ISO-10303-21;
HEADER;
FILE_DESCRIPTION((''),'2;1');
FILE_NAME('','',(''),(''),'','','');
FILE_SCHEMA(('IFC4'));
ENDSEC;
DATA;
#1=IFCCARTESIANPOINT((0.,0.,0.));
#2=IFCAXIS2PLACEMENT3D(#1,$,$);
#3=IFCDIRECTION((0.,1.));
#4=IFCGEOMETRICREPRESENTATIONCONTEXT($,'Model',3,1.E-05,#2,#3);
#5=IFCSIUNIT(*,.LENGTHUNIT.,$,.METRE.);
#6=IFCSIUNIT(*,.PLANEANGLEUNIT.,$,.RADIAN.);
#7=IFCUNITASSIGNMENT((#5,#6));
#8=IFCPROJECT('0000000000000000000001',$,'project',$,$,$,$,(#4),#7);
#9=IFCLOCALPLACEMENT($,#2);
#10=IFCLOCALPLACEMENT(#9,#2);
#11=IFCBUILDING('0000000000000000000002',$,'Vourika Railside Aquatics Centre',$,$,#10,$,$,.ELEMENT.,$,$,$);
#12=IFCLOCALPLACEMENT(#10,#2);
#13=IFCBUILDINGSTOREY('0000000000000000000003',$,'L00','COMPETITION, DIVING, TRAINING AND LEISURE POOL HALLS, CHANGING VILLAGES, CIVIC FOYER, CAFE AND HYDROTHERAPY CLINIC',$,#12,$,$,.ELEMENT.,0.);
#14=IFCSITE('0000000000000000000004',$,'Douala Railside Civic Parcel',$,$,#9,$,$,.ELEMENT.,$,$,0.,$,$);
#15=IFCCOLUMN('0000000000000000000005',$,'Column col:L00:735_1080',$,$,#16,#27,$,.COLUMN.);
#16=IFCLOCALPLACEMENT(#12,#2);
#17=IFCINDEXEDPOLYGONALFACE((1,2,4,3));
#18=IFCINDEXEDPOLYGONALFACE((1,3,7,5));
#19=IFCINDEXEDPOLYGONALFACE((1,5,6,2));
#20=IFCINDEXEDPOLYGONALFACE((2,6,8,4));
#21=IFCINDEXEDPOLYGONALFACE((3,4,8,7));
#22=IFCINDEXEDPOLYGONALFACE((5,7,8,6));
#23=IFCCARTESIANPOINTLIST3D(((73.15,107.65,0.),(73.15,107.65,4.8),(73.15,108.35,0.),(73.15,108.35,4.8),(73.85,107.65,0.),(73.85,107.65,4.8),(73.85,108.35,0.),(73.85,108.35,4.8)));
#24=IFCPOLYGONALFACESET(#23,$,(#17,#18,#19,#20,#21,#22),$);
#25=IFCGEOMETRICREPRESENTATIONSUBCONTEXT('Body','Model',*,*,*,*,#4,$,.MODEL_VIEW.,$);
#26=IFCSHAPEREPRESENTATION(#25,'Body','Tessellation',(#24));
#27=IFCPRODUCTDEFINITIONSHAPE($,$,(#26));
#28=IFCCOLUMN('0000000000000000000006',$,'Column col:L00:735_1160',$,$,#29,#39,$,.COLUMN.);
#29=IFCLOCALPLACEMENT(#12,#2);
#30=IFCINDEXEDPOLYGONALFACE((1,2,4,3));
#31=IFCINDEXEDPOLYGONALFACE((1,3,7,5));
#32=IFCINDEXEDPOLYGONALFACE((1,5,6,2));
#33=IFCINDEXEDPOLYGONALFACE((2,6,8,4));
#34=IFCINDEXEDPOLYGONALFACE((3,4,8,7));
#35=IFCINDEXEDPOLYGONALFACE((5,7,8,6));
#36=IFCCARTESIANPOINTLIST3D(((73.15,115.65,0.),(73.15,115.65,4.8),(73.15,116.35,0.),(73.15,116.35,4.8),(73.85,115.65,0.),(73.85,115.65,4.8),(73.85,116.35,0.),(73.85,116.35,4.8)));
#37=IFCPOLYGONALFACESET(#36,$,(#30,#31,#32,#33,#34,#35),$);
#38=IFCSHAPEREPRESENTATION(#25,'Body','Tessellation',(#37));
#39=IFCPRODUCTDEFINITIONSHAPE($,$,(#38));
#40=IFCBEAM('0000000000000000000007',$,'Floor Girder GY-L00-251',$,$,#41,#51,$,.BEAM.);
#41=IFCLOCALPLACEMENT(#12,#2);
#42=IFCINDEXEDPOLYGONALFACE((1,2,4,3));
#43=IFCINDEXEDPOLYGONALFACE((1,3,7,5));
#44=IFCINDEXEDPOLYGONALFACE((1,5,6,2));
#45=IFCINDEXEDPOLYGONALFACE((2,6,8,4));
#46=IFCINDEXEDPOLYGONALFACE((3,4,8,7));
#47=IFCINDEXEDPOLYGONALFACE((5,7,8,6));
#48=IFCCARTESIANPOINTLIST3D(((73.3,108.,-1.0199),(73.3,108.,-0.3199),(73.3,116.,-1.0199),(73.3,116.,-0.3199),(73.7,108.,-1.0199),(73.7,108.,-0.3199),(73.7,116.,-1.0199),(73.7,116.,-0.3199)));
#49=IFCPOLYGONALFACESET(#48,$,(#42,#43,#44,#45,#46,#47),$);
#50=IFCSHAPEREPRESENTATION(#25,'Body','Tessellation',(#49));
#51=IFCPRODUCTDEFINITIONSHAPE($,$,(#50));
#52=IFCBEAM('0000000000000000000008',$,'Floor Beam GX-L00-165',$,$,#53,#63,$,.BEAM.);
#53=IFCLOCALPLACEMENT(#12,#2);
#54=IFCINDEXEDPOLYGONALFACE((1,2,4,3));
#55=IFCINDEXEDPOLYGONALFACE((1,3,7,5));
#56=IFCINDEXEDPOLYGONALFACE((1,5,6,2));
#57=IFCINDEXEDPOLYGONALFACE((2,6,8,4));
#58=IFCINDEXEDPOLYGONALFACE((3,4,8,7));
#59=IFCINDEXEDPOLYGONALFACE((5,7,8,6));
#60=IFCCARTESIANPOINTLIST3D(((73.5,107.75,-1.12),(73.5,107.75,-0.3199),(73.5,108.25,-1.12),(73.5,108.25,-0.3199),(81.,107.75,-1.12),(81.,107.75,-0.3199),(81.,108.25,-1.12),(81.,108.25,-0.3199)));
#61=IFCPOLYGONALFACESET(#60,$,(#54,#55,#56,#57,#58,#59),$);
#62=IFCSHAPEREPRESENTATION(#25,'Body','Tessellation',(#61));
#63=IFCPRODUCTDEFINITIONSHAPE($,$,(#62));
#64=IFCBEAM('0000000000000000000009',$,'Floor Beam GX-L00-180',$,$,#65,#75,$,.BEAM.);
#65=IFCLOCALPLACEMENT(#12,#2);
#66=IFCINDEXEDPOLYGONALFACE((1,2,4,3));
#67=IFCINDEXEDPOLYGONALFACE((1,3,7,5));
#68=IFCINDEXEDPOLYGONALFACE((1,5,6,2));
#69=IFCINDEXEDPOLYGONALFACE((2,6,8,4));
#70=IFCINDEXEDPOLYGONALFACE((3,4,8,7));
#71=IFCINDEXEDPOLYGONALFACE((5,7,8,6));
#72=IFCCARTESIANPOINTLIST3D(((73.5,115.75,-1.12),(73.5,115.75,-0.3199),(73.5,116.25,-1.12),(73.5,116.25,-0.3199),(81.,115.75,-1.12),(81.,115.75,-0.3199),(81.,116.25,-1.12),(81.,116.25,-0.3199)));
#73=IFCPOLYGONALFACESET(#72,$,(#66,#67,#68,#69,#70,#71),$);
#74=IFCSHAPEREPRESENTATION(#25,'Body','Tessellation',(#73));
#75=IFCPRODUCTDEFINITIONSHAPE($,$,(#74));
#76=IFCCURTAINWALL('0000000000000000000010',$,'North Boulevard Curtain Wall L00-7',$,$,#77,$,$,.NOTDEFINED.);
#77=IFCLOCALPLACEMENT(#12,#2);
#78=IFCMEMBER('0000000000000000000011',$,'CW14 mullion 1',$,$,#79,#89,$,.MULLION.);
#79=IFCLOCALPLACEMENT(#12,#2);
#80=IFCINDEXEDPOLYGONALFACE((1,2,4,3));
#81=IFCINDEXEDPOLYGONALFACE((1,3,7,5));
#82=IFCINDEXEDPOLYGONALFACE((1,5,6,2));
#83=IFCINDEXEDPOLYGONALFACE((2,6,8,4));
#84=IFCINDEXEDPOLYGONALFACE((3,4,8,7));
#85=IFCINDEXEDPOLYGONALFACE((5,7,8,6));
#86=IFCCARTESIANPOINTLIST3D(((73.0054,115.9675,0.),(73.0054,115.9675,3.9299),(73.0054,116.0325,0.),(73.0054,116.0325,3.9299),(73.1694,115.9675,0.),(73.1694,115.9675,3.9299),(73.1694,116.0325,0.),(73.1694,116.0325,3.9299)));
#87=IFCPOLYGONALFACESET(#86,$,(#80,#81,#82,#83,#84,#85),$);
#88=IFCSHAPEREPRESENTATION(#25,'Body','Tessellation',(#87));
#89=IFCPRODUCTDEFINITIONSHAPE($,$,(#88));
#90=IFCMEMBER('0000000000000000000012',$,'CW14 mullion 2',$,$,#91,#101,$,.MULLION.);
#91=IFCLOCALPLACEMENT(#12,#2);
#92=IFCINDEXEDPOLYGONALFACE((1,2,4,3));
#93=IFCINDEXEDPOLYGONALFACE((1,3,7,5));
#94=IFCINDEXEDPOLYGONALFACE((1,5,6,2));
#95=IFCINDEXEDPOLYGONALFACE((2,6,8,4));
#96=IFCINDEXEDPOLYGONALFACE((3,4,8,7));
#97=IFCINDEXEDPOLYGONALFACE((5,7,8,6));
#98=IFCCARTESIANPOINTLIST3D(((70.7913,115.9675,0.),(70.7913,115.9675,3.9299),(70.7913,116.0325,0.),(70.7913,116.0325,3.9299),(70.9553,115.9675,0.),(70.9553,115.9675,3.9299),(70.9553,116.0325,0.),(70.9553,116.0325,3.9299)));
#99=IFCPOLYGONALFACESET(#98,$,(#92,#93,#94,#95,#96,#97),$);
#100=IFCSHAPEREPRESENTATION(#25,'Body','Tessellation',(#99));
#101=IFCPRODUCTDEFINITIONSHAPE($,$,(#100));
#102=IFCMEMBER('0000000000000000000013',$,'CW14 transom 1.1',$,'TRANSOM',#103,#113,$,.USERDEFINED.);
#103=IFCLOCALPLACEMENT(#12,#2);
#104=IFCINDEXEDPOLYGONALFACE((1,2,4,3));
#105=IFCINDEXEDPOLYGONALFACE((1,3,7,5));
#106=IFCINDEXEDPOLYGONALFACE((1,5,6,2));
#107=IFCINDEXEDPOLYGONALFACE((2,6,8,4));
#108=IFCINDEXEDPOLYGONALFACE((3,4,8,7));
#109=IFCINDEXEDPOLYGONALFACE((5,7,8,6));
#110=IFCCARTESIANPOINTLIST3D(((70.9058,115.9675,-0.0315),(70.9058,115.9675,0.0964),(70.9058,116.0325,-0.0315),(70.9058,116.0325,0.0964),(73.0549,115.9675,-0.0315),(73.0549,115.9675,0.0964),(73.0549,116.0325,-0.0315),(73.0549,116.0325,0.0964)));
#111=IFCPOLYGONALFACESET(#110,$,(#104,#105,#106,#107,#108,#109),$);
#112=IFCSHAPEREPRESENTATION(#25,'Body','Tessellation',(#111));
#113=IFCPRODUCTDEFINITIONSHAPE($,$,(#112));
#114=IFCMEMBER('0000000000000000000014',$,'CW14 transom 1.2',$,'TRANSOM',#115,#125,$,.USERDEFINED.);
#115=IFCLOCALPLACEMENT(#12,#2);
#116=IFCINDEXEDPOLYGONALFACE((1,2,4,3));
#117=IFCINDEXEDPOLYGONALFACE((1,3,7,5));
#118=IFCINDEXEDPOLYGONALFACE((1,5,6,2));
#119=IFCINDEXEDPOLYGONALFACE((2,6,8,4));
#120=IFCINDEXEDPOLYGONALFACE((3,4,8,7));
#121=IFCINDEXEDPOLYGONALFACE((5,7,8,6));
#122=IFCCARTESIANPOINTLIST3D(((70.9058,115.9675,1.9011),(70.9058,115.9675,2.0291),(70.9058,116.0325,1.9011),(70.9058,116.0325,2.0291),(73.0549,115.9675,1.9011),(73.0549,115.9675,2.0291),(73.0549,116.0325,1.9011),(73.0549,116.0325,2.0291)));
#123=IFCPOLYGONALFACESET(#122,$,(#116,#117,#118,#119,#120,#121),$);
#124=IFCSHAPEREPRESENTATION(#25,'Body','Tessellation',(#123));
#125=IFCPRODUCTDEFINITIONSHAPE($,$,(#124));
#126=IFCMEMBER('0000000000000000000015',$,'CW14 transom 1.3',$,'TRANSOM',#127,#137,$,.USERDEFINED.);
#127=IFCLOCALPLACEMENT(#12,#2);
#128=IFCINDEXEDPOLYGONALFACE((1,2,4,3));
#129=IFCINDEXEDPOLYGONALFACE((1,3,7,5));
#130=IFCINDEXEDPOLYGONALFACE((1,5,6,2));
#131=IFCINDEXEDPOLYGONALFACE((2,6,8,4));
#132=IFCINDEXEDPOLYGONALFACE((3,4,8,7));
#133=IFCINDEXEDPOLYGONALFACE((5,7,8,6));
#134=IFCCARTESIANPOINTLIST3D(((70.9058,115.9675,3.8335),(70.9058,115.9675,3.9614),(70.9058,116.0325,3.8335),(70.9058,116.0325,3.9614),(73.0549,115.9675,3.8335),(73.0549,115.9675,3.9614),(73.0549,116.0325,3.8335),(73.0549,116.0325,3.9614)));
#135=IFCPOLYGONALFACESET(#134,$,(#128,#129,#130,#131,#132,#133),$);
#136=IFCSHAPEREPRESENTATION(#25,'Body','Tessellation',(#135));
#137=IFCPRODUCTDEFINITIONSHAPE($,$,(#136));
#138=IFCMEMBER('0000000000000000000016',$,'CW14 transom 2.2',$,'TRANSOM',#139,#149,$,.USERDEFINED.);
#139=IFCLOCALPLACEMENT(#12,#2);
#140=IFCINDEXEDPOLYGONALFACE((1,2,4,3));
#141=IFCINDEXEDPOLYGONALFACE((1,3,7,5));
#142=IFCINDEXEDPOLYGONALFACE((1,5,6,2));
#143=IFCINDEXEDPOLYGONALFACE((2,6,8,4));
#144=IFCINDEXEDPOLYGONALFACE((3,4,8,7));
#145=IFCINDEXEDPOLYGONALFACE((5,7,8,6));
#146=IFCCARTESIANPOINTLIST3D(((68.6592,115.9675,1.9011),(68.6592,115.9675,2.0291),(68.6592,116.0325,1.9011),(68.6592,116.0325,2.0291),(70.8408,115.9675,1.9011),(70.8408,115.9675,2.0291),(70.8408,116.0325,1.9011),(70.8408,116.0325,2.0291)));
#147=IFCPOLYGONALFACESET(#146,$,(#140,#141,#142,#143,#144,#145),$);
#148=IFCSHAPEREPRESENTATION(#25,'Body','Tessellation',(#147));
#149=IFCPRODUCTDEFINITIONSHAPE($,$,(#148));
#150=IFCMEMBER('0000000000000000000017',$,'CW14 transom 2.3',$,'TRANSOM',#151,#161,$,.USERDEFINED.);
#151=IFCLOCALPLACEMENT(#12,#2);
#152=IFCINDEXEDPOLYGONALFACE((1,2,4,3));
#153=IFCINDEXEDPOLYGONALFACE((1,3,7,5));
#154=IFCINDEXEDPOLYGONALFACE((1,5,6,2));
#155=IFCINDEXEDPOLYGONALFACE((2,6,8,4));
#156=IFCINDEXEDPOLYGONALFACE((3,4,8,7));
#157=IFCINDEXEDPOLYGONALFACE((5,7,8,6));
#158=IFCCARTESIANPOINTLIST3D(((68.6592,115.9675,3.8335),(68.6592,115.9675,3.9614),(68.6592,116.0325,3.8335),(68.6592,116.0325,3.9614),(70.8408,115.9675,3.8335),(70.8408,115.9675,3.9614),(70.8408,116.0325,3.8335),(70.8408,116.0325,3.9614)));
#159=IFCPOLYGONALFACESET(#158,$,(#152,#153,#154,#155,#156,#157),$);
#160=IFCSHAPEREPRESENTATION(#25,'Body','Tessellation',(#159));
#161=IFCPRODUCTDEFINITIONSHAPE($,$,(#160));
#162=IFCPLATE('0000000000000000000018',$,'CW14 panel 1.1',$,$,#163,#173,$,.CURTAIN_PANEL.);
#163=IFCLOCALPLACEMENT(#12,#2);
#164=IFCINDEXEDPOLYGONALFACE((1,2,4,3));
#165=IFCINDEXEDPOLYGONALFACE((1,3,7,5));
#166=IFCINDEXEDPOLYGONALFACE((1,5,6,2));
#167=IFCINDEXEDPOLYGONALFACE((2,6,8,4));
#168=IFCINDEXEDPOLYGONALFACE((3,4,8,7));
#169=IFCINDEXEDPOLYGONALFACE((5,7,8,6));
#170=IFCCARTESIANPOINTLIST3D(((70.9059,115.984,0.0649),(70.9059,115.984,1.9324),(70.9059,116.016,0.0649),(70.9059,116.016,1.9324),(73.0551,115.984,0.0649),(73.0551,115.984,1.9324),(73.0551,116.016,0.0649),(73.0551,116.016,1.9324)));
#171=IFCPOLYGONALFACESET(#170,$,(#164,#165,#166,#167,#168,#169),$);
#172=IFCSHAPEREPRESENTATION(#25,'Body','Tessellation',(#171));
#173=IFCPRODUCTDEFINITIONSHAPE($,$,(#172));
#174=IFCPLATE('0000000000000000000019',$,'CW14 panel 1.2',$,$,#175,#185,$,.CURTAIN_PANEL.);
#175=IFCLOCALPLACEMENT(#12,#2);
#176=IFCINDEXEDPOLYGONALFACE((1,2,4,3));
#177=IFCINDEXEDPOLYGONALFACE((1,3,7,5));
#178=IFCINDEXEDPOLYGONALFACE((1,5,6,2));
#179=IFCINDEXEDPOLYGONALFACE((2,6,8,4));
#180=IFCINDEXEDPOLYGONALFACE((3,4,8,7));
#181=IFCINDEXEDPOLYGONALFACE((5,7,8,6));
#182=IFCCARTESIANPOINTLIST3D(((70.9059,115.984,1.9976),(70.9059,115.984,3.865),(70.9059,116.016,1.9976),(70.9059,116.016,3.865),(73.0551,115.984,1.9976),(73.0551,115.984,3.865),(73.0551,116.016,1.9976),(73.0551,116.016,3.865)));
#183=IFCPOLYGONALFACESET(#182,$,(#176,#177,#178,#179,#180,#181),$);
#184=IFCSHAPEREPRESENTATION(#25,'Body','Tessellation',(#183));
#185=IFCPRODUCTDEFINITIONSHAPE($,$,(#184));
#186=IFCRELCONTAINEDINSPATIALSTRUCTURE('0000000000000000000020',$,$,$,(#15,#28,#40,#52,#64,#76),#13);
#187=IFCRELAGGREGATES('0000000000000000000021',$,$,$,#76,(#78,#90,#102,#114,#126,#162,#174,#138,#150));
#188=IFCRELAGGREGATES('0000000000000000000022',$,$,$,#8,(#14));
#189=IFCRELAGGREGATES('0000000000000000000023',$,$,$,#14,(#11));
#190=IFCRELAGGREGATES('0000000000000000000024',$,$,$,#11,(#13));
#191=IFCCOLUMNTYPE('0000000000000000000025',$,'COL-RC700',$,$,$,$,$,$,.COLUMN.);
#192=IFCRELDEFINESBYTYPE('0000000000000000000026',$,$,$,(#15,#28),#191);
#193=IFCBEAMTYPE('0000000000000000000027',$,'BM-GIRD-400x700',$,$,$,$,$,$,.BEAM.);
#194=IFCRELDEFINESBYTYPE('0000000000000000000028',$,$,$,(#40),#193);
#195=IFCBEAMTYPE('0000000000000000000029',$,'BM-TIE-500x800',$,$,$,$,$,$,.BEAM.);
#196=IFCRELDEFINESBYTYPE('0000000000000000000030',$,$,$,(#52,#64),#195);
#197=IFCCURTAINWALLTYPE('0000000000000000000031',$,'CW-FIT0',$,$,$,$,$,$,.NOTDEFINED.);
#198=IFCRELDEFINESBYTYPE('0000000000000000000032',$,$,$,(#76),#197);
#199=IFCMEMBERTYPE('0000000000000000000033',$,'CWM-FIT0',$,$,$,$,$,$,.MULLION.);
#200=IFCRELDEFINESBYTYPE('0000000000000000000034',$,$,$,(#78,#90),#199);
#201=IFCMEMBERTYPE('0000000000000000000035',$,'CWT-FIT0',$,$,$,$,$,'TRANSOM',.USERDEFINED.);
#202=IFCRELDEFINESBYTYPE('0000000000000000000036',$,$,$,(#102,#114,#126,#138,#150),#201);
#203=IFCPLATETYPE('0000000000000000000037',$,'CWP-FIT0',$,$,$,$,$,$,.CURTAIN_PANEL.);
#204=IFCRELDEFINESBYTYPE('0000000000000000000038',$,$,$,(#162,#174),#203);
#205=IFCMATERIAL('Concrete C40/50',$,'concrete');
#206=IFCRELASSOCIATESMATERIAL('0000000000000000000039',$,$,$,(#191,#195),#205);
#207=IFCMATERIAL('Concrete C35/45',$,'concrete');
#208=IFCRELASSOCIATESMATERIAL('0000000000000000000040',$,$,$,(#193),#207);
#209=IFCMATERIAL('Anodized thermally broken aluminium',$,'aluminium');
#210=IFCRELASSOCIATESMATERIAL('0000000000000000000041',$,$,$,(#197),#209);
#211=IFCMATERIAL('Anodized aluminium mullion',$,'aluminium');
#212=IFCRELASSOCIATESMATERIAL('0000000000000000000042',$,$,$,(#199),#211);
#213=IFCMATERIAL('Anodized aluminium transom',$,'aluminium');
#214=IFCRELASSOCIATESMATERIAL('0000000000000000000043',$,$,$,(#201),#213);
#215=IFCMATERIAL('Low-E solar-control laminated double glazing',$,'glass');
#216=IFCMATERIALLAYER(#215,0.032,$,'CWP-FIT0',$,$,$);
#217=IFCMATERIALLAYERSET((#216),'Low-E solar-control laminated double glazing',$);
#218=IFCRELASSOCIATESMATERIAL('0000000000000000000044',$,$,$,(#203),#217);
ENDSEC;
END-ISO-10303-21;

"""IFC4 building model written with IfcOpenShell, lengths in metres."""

from ifc_helpers import new_model, si_unit, direction, frame, origin, origin_2d, place, context, subcontext, project, spatial, rectangle, extrude, material, layer, layer_set, material_profile, profile_set, type_object, element, aggregate, save


model = new_model("IFC4")

# Units and contexts
model_context = context("Model", 3, precision=1e-05, world=origin(), true_north=direction((0.0, 1.0)))
body_context = subcontext(model_context, "Body", "Model", "MODEL_VIEW")
ifc_project = project(units=[si_unit("LENGTHUNIT", "METRE"), si_unit("PLANEANGLEUNIT", "RADIAN")], contexts=[model_context])

# Site, building, storey
site_placement = place(None, origin())
site = spatial("IfcSite", under=ifc_project, at=site_placement, Name="Douala Railside Civic Parcel", CompositionType="ELEMENT", RefElevation=0.0)
building_placement = place(site_placement, origin())
building = spatial("IfcBuilding", under=site, at=building_placement, Name="Vourika Railside Aquatics Centre", CompositionType="ELEMENT")
storey_placement = place(building_placement, origin())
storey = spatial("IfcBuildingStorey", under=building, at=storey_placement, Name="L00", Description="COMPETITION, DIVING, TRAINING AND LEISURE POOL HALLS, CHANGING VILLAGES, CIVIC FOYER, CAFE AND HYDROTHERAPY CLINIC", CompositionType="ELEMENT", Elevation=0.0)

# Columns
ifc_material_1 = material(Name="Concrete C40/50", Category="concrete")
ifc_material_profile_1 = material_profile(ifc_material_1, rectangle(XDim=0.7, YDim=0.7, at=origin_2d()), Name="RC 700x700")
ifc_profile_set_1 = profile_set([ifc_material_profile_1], Name="Concrete C40/50")
column_type = type_object("IfcColumnType", Name="COL-RC700", PredefinedType="COLUMN", material=ifc_profile_set_1)
for number, where, z_axis, x_axis, name in (
    (1, (73.5, 108.0, 0.0), (0.0, 0.0, 1.0), (1.0, 0.0, 0.0), "Column col:L00:735_1080"),
    (2, (73.5, 116.0, 0.0), (0.0, 0.0, 1.0), (1.0, 0.0, 0.0), "Column col:L00:735_1160"),
):
    element("IfcColumn", number, at=place(storey_placement, frame(where, z_axis=z_axis, x_axis=x_axis)), inside=storey, type_object=column_type, Name=name, PredefinedType="COLUMN", context=body_context, shape_type="SweptSolid", body=[
        extrude(rectangle(XDim=0.7, YDim=0.7, at=origin_2d()), origin(), (0.0, 0.0, 1.0), 4.8),
    ])

# Beams
ifc_material_2 = material(Name="Concrete C35/45", Category="concrete")
ifc_material_profile_2 = material_profile(ifc_material_2, rectangle(XDim=0.3999, YDim=0.7, at=origin_2d()), Name="RC 400x700")
ifc_profile_set_2 = profile_set([ifc_material_profile_2], Name="Concrete C35/45")
beam_type_1 = type_object("IfcBeamType", Name="BM-GIRD-400x700", PredefinedType="BEAM", material=ifc_profile_set_2)
beam_placement = place(storey_placement, frame((73.5, 108.0, -0.6699), z_axis=(0.0, 1.0, 0.0), x_axis=(-1.0, 0.0, 0.0)))
element("IfcBeam", 3, at=beam_placement, inside=storey, type_object=beam_type_1, Name="Floor Girder GY-L00-251", PredefinedType="BEAM", context=body_context, shape_type="SweptSolid", body=[
    extrude(rectangle(XDim=0.3999, YDim=0.7, at=origin_2d()), origin(), (0.0, 0.0, 1.0), 8.0),
])
ifc_material_profile_3 = material_profile(ifc_material_1, rectangle(XDim=0.5, YDim=0.8, at=origin_2d()), Name="RC 500x800")
ifc_profile_set_3 = profile_set([ifc_material_profile_3], Name="Concrete C40/50")
beam_type_2 = type_object("IfcBeamType", Name="BM-TIE-500x800", PredefinedType="BEAM", material=ifc_profile_set_3)
for number, where, z_axis, x_axis, name in (
    (4, (73.5, 108.0, -0.72), (1.0, 0.0, 0.0), (0.0, 1.0, 0.0), "Floor Beam GX-L00-165"),
    (5, (73.5, 116.0, -0.72), (1.0, 0.0, 0.0), (0.0, 1.0, 0.0), "Floor Beam GX-L00-180"),
):
    element("IfcBeam", number, at=place(storey_placement, frame(where, z_axis=z_axis, x_axis=x_axis)), inside=storey, type_object=beam_type_2, Name=name, PredefinedType="BEAM", context=body_context, shape_type="SweptSolid", body=[
        extrude(rectangle(XDim=0.5, YDim=0.8, at=origin_2d()), origin(), (0.0, 0.0, 1.0), 7.5),
    ])

# Curtain wall, members, plates
ifc_material_3 = material(Name="Anodized thermally broken aluminium", Category="aluminium")
curtain_wall_type = type_object("IfcCurtainWallType", Name="CW-FIT0", PredefinedType="NOTDEFINED", material=ifc_material_3)
curtain_wall_placement = place(storey_placement, origin())
curtain_wall = element("IfcCurtainWall", 6, at=curtain_wall_placement, inside=storey, type_object=curtain_wall_type, Name="North Boulevard Curtain Wall L00-7", PredefinedType="NOTDEFINED")
ifc_material_4 = material(Name="Anodized aluminium mullion", Category="aluminium")
ifc_material_profile_4 = material_profile(ifc_material_4, rectangle(XDim=0.0649, YDim=0.1641, at=origin_2d()), Name="ALU-M 65x164")
ifc_profile_set_4 = profile_set([ifc_material_profile_4], Name="Anodized aluminium mullion")
member_type_1 = type_object("IfcMemberType", Name="CWM-FIT0", PredefinedType="MULLION", material=ifc_profile_set_4)
member_1_placement = place(storey_placement, frame((73.0874, 116.0, 0.0), z_axis=(0.0, 0.0, 1.0), x_axis=(0.0, -1.0, 0.0)))
member_1 = element("IfcMember", 7, at=member_1_placement, type_object=member_type_1, Name="CW14 mullion 1", PredefinedType="MULLION", context=body_context, shape_type="SweptSolid", body=[
    extrude(rectangle(XDim=0.0649, YDim=0.1641, at=origin_2d()), origin(), (0.0, 0.0, 1.0), 3.9299),
])
member_2_placement = place(storey_placement, frame((70.8733, 116.0, 0.0), z_axis=(0.0, 0.0, 1.0), x_axis=(0.0, -1.0, 0.0)))
member_2 = element("IfcMember", 8, at=member_2_placement, type_object=member_type_1, Name="CW14 mullion 2", PredefinedType="MULLION", context=body_context, shape_type="SweptSolid", body=[
    extrude(rectangle(XDim=0.0649, YDim=0.1641, at=origin_2d()), origin(), (0.0, 0.0, 1.0), 3.9299),
])
ifc_material_5 = material(Name="Anodized aluminium transom", Category="aluminium")
ifc_material_profile_5 = material_profile(ifc_material_5, rectangle(XDim=0.0649, YDim=0.1279, at=origin_2d()), Name="ALU-T 65x128")
ifc_profile_set_5 = profile_set([ifc_material_profile_5], Name="Anodized aluminium transom")
member_type_2 = type_object("IfcMemberType", Name="CWT-FIT0", ElementType="TRANSOM", PredefinedType="USERDEFINED", material=ifc_profile_set_5)
member_3_placement = place(storey_placement, frame((73.0549, 116.0, 0.0325), z_axis=(-1.0, 0.0, 0.0), x_axis=(0.0, -1.0, 0.0)))
member_3 = element("IfcMember", 9, at=member_3_placement, type_object=member_type_2, Name="CW14 transom 1.1", ObjectType="TRANSOM", PredefinedType="USERDEFINED", context=body_context, shape_type="SweptSolid", body=[
    extrude(rectangle(XDim=0.0649, YDim=0.1279, at=origin_2d()), origin(), (0.0, 0.0, 1.0), 2.1492),
])
member_4_placement = place(storey_placement, frame((73.0549, 116.0, 1.9651), z_axis=(-1.0, 0.0, 0.0), x_axis=(0.0, -1.0, 0.0)))
member_4 = element("IfcMember", 10, at=member_4_placement, type_object=member_type_2, Name="CW14 transom 1.2", ObjectType="TRANSOM", PredefinedType="USERDEFINED", context=body_context, shape_type="SweptSolid", body=[
    extrude(rectangle(XDim=0.0649, YDim=0.1279, at=origin_2d()), origin(), (0.0, 0.0, 1.0), 2.1492),
])
member_5_placement = place(storey_placement, frame((73.0549, 116.0, 3.8975), z_axis=(-1.0, 0.0, 0.0), x_axis=(0.0, -1.0, 0.0)))
member_5 = element("IfcMember", 11, at=member_5_placement, type_object=member_type_2, Name="CW14 transom 1.3", ObjectType="TRANSOM", PredefinedType="USERDEFINED", context=body_context, shape_type="SweptSolid", body=[
    extrude(rectangle(XDim=0.0649, YDim=0.1279, at=origin_2d()), origin(), (0.0, 0.0, 1.0), 2.1492),
])
member_6_placement = place(storey_placement, frame((70.8408, 116.0, 1.9651), z_axis=(-1.0, 0.0, 0.0), x_axis=(0.0, -1.0, 0.0)))
member_6 = element("IfcMember", 12, at=member_6_placement, type_object=member_type_2, Name="CW14 transom 2.2", ObjectType="TRANSOM", PredefinedType="USERDEFINED", context=body_context, shape_type="SweptSolid", body=[
    extrude(rectangle(XDim=0.0649, YDim=0.1279, at=origin_2d()), origin(), (0.0, 0.0, 1.0), 2.1816),
])
member_7_placement = place(storey_placement, frame((70.8408, 116.0, 3.8975), z_axis=(-1.0, 0.0, 0.0), x_axis=(0.0, -1.0, 0.0)))
member_7 = element("IfcMember", 13, at=member_7_placement, type_object=member_type_2, Name="CW14 transom 2.3", ObjectType="TRANSOM", PredefinedType="USERDEFINED", context=body_context, shape_type="SweptSolid", body=[
    extrude(rectangle(XDim=0.0649, YDim=0.1279, at=origin_2d()), origin(), (0.0, 0.0, 1.0), 2.1816),
])
ifc_material_6 = material(Name="Low-E solar-control laminated double glazing", Category="glass")
ifc_layer_1 = layer(ifc_material_6, 0.032, Name="CWP-FIT0")
ifc_layer_set_1 = layer_set([ifc_layer_1], Name="Low-E solar-control laminated double glazing")
plate_type = type_object("IfcPlateType", Name="CWP-FIT0", PredefinedType="CURTAIN_PANEL", material=ifc_layer_set_1)
plate_1_placement = place(storey_placement, frame((71.9805, 116.0, 0.0649), z_axis=(0.0, 0.0, 1.0), x_axis=(-1.0, 0.0, 0.0)))
plate_1 = element("IfcPlate", 14, at=plate_1_placement, type_object=plate_type, Name="CW14 panel 1.1", PredefinedType="CURTAIN_PANEL", context=body_context, shape_type="SweptSolid", body=[
    extrude(rectangle(XDim=2.1492, YDim=0.032, at=origin_2d()), origin(), (0.0, 0.0, 1.0), 1.8674),
])
plate_2_placement = place(storey_placement, frame((71.9805, 116.0, 1.9976), z_axis=(0.0, 0.0, 1.0), x_axis=(-1.0, 0.0, 0.0)))
plate_2 = element("IfcPlate", 15, at=plate_2_placement, type_object=plate_type, Name="CW14 panel 1.2", PredefinedType="CURTAIN_PANEL", context=body_context, shape_type="SweptSolid", body=[
    extrude(rectangle(XDim=2.1492, YDim=0.032, at=origin_2d()), origin(), (0.0, 0.0, 1.0), 1.8674),
])
aggregate(curtain_wall, [member_1, member_2, member_3, member_4, member_5, plate_1, plate_2, member_6, member_7])

save(model, "model.ifc")
